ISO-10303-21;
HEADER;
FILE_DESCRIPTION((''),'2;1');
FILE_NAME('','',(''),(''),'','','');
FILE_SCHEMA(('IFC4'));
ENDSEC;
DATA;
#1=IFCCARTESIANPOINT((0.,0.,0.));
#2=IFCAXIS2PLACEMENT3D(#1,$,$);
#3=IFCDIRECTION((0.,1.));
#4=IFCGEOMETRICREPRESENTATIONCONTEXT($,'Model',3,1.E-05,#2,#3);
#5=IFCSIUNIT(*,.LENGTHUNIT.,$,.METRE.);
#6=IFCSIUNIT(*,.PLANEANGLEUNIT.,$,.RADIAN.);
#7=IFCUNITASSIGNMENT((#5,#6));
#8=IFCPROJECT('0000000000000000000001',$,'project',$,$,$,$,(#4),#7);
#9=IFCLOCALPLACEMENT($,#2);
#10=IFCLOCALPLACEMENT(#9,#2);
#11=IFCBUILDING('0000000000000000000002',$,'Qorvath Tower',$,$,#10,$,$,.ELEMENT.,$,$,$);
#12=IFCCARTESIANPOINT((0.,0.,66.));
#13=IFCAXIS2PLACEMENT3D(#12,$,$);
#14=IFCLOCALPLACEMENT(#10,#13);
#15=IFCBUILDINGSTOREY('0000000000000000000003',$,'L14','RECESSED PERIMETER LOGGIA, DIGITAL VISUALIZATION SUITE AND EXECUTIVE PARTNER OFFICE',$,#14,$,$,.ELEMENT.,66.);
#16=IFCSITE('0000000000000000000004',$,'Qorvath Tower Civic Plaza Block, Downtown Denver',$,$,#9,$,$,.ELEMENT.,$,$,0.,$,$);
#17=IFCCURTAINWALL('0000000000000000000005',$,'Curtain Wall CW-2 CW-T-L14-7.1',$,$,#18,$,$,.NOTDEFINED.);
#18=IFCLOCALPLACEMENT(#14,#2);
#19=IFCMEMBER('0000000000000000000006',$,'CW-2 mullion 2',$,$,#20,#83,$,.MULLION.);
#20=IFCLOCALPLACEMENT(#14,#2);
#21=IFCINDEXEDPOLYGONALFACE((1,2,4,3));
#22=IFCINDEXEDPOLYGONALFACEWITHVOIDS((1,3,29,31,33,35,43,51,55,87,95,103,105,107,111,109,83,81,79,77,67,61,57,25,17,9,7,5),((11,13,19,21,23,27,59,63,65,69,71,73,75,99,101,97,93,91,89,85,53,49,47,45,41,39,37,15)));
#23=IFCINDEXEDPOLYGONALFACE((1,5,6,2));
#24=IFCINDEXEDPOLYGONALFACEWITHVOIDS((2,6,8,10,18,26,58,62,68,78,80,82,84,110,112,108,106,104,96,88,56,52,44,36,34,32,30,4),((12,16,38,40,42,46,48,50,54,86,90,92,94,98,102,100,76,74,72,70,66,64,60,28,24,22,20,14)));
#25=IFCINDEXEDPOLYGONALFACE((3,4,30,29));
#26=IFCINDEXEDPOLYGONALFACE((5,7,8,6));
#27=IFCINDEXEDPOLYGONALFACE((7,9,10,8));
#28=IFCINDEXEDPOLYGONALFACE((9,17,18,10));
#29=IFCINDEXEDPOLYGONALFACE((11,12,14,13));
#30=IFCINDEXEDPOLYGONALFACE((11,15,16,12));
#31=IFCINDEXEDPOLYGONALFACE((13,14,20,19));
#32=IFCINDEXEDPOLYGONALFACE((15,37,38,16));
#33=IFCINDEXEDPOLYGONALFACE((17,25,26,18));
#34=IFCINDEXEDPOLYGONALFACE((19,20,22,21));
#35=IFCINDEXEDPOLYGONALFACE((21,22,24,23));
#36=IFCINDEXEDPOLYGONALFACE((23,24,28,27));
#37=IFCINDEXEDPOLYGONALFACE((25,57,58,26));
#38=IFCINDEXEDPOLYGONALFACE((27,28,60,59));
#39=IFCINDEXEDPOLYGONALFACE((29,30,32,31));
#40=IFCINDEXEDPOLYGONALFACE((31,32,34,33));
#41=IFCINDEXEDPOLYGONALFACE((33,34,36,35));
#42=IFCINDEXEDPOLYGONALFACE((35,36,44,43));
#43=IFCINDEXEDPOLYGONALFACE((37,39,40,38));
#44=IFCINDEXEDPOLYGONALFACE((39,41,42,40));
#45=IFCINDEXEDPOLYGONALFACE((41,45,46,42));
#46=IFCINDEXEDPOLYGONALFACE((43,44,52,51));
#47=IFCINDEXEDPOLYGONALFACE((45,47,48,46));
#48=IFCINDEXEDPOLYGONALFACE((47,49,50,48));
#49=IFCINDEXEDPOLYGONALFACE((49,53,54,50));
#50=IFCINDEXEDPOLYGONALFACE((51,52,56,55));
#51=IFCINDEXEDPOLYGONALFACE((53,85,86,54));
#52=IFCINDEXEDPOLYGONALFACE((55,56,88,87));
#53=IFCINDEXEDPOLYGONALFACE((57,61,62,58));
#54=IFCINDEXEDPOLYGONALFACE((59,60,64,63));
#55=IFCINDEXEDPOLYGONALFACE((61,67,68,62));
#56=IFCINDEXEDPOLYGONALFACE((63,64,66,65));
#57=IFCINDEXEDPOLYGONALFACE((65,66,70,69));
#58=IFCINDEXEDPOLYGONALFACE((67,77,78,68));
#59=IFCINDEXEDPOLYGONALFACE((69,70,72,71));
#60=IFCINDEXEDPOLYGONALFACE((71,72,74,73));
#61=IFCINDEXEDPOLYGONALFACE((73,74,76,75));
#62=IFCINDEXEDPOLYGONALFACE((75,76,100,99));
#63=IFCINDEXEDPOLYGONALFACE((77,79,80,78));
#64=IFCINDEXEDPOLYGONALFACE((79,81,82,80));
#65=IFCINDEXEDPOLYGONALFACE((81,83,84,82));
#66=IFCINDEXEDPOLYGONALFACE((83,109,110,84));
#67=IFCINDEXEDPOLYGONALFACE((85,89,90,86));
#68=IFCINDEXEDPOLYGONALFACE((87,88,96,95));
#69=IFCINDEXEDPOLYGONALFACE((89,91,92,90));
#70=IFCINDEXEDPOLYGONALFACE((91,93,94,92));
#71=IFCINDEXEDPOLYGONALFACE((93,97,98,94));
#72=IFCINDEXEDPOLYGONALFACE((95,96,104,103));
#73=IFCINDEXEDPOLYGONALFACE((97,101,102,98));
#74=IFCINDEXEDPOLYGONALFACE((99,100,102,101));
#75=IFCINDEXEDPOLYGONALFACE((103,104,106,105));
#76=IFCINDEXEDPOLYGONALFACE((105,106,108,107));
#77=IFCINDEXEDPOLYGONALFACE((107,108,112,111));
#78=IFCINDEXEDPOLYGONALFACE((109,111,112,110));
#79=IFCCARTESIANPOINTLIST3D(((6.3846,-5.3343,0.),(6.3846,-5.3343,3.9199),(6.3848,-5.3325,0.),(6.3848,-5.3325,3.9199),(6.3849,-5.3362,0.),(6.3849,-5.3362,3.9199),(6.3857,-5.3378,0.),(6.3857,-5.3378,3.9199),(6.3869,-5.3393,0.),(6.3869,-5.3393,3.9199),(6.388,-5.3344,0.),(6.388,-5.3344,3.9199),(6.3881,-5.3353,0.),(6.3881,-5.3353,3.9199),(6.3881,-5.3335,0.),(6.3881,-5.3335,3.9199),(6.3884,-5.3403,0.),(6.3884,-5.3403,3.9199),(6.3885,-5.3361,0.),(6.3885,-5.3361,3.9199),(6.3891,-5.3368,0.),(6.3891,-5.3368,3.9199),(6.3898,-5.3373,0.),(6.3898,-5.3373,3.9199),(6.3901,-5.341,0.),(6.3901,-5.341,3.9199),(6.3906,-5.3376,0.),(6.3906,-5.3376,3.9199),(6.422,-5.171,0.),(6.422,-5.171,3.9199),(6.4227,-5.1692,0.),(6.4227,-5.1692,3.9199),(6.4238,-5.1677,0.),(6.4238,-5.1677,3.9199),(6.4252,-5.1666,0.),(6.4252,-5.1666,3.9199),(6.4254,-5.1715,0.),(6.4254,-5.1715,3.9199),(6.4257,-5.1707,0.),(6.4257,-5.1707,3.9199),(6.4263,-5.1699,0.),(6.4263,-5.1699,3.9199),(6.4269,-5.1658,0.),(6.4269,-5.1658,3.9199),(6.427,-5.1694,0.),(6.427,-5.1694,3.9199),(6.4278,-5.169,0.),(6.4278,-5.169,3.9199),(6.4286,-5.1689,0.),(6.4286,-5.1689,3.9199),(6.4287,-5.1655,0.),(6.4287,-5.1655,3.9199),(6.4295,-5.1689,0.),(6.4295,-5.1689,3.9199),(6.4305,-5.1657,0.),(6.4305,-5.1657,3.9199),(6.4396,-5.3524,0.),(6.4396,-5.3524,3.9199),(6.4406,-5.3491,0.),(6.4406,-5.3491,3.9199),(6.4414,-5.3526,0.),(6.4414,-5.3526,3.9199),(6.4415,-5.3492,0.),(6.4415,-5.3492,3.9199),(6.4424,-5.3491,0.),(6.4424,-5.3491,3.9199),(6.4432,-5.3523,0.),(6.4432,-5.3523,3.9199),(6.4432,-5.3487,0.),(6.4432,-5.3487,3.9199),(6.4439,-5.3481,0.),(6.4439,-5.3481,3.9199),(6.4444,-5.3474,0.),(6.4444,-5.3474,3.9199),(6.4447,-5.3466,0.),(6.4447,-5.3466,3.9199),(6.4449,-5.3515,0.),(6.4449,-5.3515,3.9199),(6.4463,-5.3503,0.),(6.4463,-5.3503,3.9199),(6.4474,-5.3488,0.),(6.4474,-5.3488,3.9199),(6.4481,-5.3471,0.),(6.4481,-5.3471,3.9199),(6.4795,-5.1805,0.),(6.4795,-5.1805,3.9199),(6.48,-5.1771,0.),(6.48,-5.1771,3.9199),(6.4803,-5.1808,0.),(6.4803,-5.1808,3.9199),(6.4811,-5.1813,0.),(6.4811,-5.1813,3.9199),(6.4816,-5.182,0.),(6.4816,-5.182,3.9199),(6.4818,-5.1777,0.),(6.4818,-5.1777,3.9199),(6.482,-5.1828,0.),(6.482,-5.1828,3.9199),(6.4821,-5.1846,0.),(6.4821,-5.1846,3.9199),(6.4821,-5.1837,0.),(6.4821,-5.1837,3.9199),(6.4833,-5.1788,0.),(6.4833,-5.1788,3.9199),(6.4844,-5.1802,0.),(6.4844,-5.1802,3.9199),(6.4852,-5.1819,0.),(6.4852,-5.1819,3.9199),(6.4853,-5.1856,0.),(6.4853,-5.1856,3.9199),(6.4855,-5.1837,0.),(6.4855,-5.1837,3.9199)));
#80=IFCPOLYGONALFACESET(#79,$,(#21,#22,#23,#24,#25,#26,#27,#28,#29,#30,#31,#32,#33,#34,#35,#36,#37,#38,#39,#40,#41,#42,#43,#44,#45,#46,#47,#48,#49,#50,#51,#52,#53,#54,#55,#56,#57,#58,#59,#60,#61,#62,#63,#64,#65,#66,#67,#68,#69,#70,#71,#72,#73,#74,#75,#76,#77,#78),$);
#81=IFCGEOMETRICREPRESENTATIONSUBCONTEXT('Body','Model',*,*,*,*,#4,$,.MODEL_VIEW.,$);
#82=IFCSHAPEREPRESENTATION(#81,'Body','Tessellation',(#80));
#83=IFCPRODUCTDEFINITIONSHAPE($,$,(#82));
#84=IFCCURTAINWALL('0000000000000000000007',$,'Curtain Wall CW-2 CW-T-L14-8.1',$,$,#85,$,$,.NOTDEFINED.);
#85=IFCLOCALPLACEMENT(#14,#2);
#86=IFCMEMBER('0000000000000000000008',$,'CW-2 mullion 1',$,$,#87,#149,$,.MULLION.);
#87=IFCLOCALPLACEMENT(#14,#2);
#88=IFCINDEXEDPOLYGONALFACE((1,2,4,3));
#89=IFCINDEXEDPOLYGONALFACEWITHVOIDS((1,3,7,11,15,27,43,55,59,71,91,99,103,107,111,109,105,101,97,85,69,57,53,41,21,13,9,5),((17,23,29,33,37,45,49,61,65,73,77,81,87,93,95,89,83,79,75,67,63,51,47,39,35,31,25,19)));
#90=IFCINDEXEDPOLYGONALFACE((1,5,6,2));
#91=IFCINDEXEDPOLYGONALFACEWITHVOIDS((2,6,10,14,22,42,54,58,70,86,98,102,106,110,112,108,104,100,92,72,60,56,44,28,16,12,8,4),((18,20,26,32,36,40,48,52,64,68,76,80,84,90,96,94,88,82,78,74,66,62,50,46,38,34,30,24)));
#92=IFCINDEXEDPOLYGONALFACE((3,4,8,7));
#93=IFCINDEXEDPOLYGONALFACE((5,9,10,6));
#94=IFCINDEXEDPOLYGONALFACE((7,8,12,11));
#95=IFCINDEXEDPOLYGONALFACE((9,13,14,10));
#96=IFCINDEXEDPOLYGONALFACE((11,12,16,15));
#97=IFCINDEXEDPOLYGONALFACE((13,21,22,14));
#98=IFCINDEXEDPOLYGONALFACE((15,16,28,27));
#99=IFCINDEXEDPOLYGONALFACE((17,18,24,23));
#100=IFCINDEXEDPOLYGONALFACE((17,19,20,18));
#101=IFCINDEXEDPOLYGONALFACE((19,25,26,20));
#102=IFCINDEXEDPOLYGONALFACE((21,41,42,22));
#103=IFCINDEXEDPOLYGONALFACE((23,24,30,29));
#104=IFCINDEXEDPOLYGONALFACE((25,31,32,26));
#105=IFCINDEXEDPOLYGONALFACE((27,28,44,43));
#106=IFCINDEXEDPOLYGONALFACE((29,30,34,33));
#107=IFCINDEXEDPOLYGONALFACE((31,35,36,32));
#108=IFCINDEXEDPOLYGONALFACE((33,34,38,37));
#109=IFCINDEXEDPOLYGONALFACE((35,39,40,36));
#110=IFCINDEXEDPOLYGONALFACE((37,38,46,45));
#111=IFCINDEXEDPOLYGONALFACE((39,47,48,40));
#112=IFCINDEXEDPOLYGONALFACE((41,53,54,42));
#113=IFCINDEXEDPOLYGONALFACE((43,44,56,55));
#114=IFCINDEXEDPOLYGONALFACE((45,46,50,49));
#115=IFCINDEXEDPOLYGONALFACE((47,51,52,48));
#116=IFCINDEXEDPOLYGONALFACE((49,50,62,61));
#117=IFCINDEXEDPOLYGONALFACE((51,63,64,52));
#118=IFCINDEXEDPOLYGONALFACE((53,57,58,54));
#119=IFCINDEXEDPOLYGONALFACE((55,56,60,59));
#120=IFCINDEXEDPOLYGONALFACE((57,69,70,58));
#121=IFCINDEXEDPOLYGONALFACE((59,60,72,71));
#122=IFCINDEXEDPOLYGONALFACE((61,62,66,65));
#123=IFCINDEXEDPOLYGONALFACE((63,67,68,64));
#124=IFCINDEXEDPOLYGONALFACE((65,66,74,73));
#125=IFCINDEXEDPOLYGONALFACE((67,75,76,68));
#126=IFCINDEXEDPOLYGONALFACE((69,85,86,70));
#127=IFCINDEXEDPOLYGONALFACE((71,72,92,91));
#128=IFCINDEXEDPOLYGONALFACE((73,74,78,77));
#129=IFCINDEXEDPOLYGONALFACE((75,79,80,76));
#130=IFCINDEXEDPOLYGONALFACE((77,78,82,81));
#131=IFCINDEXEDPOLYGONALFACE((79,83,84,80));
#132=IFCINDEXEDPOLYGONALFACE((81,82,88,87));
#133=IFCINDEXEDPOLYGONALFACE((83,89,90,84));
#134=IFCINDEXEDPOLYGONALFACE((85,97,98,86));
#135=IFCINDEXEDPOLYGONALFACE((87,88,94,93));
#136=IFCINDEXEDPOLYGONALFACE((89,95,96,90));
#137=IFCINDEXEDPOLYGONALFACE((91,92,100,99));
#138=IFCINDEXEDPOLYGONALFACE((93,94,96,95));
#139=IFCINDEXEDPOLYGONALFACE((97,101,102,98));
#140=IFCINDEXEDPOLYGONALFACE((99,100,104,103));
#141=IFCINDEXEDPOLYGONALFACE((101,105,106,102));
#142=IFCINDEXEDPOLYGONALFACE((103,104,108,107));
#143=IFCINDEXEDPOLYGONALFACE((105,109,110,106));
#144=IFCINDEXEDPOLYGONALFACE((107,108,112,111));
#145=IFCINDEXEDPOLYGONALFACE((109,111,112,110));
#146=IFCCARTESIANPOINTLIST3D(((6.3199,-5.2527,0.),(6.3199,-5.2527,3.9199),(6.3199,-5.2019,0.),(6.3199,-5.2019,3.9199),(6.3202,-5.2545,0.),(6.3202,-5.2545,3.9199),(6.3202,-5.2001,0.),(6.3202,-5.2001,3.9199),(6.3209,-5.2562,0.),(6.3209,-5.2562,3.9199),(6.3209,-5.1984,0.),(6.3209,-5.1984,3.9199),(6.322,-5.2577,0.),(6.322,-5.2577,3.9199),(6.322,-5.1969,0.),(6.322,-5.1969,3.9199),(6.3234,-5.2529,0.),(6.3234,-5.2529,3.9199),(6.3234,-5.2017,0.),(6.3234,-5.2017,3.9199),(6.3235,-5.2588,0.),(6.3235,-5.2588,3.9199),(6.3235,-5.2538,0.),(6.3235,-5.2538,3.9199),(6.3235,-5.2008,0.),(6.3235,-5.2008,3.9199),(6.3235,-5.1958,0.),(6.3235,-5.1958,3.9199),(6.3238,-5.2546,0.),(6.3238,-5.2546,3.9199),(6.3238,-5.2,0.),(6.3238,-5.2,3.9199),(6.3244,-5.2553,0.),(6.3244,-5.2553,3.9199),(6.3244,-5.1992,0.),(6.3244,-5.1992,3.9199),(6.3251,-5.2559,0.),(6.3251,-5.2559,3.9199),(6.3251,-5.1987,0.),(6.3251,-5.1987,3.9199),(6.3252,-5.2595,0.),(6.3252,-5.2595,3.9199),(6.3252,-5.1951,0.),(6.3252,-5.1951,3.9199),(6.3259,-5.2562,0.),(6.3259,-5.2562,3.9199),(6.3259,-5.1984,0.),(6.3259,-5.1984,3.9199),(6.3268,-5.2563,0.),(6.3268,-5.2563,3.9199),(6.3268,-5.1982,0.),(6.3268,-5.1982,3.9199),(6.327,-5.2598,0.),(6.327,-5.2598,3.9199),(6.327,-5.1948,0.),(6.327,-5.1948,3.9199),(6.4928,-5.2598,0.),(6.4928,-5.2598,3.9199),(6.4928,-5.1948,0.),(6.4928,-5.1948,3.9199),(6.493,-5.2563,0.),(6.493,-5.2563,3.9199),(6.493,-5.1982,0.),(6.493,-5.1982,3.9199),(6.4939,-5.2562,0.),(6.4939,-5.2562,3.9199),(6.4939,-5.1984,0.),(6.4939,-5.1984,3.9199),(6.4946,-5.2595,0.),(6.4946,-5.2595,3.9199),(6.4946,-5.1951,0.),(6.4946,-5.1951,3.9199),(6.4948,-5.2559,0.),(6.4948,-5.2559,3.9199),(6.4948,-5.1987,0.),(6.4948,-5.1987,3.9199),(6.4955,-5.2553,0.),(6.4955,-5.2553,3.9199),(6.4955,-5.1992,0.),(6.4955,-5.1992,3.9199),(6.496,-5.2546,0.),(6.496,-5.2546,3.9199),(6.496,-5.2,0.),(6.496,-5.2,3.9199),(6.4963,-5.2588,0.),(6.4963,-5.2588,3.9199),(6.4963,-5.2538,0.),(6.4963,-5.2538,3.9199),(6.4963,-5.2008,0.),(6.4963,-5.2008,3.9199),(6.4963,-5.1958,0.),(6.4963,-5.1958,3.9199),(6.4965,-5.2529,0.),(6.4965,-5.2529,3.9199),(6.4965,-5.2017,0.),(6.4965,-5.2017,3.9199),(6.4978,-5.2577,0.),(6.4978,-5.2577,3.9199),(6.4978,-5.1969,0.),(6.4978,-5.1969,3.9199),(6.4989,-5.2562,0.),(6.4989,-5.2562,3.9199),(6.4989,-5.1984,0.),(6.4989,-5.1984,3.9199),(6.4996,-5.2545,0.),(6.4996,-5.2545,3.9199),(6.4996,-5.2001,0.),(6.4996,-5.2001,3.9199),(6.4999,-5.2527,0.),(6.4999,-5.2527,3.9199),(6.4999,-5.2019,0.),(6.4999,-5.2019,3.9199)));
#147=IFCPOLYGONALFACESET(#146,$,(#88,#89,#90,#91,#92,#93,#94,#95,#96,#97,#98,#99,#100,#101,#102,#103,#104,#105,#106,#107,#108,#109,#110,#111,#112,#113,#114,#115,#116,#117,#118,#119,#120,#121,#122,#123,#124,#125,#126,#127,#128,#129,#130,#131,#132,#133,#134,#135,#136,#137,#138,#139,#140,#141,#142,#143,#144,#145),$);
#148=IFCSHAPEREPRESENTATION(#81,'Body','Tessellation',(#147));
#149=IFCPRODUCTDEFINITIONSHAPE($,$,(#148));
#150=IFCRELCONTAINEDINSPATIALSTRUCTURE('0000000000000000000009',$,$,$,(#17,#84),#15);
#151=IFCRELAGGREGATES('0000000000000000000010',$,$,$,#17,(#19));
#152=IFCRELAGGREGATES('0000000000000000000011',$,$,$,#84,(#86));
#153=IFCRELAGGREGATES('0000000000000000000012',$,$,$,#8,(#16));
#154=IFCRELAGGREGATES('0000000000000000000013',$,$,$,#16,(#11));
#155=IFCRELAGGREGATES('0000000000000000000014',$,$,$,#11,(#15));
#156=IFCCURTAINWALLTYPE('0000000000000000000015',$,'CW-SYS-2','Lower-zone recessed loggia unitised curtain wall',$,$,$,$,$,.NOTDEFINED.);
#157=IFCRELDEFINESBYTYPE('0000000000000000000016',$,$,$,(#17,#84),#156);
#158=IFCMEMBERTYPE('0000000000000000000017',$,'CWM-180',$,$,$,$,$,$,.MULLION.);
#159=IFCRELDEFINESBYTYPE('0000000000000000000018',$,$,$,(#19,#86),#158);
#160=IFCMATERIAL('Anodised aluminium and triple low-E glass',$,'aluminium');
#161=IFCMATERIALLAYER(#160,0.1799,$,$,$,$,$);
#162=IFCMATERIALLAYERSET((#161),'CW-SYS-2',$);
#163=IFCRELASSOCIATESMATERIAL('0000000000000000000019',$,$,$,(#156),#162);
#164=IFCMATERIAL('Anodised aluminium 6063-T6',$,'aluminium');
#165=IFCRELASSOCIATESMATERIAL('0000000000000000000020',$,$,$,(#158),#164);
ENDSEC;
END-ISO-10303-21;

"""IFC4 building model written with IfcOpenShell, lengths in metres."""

from ifc_helpers import new_model, si_unit, direction, frame, origin, origin_2d, place, context, subcontext, project, spatial, hollow_rectangle, extrude, material, layer, layer_set, material_profile, profile_set, type_object, element, aggregate, save


model = new_model("IFC4")

# Units and contexts
model_context = context("Model", 3, precision=1e-05, world=origin(), true_north=direction((0.0, 1.0)))
body_context = subcontext(model_context, "Body", "Model", "MODEL_VIEW")
ifc_project = project(units=[si_unit("LENGTHUNIT", "METRE"), si_unit("PLANEANGLEUNIT", "RADIAN")], contexts=[model_context])

# Site, building, storey
site_placement = place(None, origin())
site = spatial("IfcSite", under=ifc_project, at=site_placement, Name="Qorvath Tower Civic Plaza Block, Downtown Denver", CompositionType="ELEMENT", RefElevation=0.0)
building_placement = place(site_placement, origin())
building = spatial("IfcBuilding", under=site, at=building_placement, Name="Qorvath Tower", CompositionType="ELEMENT")
storey_placement = place(building_placement, frame((0.0, 0.0, 66.0)))
storey = spatial("IfcBuildingStorey", under=building, at=storey_placement, Name="L14", Description="RECESSED PERIMETER LOGGIA, DIGITAL VISUALIZATION SUITE AND EXECUTIVE PARTNER OFFICE", CompositionType="ELEMENT", Elevation=66.0)

# Shared definitions
ifc_material_1 = material(Name="Anodised aluminium and triple low-E glass", Category="aluminium")
ifc_layer_1 = layer(ifc_material_1, 0.1799)
ifc_layer_set_1 = layer_set([ifc_layer_1], Name="CW-SYS-2")
curtain_wall_type = type_object("IfcCurtainWallType", Name="CW-SYS-2", Description="Lower-zone recessed loggia unitised curtain wall", PredefinedType="NOTDEFINED", material=ifc_layer_set_1)
ifc_material_2 = material(Name="Anodised aluminium 6063-T6", Category="aluminium")
ifc_material_profile_1 = material_profile(ifc_material_2, hollow_rectangle(XDim=0.0649, YDim=0.1799, WallThickness=0.0034, InnerFilletRadius=0.0034, OuterFilletRadius=0.0071, at=origin_2d()), Name="CWM 180x65")
ifc_profile_set_1 = profile_set([ifc_material_profile_1], Name="Anodised aluminium 6063-T6")
member_type_1 = type_object("IfcMemberType", Name="CWM-180", PredefinedType="MULLION", material=ifc_profile_set_1)

# Curtain walls, members
curtain_wall_1_placement = place(storey_placement, origin())
curtain_wall_1 = element("IfcCurtainWall", 1, at=curtain_wall_1_placement, inside=storey, type_object=curtain_wall_type, Name="Curtain Wall CW-2 CW-T-L14-7.1", PredefinedType="NOTDEFINED")
member_1_placement = place(storey_placement, frame((6.4351, -5.259, 0.0), z_axis=(0.0, 0.0, 1.0), x_axis=(-0.974413, 0.224763, 0.0)))
member_1 = element("IfcMember", 2, at=member_1_placement, type_object=member_type_1, Name="CW-2 mullion 2", PredefinedType="MULLION", context=body_context, shape_type="SweptSolid", body=[
    extrude(hollow_rectangle(XDim=0.0649, YDim=0.1799, WallThickness=0.0034, InnerFilletRadius=0.0034, OuterFilletRadius=0.0071, at=origin_2d()), origin(), (0.0, 0.0, 1.0), 3.9199),
])
curtain_wall_2_placement = place(storey_placement, origin())
curtain_wall_2 = element("IfcCurtainWall", 3, at=curtain_wall_2_placement, inside=storey, type_object=curtain_wall_type, Name="Curtain Wall CW-2 CW-T-L14-8.1", PredefinedType="NOTDEFINED")
member_2_placement = place(storey_placement, frame((6.4099, -5.2273, 0.0), z_axis=(0.0, 0.0, 1.0), x_axis=(0.0, -1.0, 0.0)))
member_2 = element("IfcMember", 4, at=member_2_placement, type_object=member_type_1, Name="CW-2 mullion 1", PredefinedType="MULLION", context=body_context, shape_type="SweptSolid", body=[
    extrude(hollow_rectangle(XDim=0.0649, YDim=0.1799, WallThickness=0.0034, InnerFilletRadius=0.0034, OuterFilletRadius=0.0071, at=origin_2d()), origin(), (0.0, 0.0, 1.0), 3.9199),
])

aggregate(curtain_wall_1, [member_1])
aggregate(curtain_wall_2, [member_2])

save(model, "model.ifc")
